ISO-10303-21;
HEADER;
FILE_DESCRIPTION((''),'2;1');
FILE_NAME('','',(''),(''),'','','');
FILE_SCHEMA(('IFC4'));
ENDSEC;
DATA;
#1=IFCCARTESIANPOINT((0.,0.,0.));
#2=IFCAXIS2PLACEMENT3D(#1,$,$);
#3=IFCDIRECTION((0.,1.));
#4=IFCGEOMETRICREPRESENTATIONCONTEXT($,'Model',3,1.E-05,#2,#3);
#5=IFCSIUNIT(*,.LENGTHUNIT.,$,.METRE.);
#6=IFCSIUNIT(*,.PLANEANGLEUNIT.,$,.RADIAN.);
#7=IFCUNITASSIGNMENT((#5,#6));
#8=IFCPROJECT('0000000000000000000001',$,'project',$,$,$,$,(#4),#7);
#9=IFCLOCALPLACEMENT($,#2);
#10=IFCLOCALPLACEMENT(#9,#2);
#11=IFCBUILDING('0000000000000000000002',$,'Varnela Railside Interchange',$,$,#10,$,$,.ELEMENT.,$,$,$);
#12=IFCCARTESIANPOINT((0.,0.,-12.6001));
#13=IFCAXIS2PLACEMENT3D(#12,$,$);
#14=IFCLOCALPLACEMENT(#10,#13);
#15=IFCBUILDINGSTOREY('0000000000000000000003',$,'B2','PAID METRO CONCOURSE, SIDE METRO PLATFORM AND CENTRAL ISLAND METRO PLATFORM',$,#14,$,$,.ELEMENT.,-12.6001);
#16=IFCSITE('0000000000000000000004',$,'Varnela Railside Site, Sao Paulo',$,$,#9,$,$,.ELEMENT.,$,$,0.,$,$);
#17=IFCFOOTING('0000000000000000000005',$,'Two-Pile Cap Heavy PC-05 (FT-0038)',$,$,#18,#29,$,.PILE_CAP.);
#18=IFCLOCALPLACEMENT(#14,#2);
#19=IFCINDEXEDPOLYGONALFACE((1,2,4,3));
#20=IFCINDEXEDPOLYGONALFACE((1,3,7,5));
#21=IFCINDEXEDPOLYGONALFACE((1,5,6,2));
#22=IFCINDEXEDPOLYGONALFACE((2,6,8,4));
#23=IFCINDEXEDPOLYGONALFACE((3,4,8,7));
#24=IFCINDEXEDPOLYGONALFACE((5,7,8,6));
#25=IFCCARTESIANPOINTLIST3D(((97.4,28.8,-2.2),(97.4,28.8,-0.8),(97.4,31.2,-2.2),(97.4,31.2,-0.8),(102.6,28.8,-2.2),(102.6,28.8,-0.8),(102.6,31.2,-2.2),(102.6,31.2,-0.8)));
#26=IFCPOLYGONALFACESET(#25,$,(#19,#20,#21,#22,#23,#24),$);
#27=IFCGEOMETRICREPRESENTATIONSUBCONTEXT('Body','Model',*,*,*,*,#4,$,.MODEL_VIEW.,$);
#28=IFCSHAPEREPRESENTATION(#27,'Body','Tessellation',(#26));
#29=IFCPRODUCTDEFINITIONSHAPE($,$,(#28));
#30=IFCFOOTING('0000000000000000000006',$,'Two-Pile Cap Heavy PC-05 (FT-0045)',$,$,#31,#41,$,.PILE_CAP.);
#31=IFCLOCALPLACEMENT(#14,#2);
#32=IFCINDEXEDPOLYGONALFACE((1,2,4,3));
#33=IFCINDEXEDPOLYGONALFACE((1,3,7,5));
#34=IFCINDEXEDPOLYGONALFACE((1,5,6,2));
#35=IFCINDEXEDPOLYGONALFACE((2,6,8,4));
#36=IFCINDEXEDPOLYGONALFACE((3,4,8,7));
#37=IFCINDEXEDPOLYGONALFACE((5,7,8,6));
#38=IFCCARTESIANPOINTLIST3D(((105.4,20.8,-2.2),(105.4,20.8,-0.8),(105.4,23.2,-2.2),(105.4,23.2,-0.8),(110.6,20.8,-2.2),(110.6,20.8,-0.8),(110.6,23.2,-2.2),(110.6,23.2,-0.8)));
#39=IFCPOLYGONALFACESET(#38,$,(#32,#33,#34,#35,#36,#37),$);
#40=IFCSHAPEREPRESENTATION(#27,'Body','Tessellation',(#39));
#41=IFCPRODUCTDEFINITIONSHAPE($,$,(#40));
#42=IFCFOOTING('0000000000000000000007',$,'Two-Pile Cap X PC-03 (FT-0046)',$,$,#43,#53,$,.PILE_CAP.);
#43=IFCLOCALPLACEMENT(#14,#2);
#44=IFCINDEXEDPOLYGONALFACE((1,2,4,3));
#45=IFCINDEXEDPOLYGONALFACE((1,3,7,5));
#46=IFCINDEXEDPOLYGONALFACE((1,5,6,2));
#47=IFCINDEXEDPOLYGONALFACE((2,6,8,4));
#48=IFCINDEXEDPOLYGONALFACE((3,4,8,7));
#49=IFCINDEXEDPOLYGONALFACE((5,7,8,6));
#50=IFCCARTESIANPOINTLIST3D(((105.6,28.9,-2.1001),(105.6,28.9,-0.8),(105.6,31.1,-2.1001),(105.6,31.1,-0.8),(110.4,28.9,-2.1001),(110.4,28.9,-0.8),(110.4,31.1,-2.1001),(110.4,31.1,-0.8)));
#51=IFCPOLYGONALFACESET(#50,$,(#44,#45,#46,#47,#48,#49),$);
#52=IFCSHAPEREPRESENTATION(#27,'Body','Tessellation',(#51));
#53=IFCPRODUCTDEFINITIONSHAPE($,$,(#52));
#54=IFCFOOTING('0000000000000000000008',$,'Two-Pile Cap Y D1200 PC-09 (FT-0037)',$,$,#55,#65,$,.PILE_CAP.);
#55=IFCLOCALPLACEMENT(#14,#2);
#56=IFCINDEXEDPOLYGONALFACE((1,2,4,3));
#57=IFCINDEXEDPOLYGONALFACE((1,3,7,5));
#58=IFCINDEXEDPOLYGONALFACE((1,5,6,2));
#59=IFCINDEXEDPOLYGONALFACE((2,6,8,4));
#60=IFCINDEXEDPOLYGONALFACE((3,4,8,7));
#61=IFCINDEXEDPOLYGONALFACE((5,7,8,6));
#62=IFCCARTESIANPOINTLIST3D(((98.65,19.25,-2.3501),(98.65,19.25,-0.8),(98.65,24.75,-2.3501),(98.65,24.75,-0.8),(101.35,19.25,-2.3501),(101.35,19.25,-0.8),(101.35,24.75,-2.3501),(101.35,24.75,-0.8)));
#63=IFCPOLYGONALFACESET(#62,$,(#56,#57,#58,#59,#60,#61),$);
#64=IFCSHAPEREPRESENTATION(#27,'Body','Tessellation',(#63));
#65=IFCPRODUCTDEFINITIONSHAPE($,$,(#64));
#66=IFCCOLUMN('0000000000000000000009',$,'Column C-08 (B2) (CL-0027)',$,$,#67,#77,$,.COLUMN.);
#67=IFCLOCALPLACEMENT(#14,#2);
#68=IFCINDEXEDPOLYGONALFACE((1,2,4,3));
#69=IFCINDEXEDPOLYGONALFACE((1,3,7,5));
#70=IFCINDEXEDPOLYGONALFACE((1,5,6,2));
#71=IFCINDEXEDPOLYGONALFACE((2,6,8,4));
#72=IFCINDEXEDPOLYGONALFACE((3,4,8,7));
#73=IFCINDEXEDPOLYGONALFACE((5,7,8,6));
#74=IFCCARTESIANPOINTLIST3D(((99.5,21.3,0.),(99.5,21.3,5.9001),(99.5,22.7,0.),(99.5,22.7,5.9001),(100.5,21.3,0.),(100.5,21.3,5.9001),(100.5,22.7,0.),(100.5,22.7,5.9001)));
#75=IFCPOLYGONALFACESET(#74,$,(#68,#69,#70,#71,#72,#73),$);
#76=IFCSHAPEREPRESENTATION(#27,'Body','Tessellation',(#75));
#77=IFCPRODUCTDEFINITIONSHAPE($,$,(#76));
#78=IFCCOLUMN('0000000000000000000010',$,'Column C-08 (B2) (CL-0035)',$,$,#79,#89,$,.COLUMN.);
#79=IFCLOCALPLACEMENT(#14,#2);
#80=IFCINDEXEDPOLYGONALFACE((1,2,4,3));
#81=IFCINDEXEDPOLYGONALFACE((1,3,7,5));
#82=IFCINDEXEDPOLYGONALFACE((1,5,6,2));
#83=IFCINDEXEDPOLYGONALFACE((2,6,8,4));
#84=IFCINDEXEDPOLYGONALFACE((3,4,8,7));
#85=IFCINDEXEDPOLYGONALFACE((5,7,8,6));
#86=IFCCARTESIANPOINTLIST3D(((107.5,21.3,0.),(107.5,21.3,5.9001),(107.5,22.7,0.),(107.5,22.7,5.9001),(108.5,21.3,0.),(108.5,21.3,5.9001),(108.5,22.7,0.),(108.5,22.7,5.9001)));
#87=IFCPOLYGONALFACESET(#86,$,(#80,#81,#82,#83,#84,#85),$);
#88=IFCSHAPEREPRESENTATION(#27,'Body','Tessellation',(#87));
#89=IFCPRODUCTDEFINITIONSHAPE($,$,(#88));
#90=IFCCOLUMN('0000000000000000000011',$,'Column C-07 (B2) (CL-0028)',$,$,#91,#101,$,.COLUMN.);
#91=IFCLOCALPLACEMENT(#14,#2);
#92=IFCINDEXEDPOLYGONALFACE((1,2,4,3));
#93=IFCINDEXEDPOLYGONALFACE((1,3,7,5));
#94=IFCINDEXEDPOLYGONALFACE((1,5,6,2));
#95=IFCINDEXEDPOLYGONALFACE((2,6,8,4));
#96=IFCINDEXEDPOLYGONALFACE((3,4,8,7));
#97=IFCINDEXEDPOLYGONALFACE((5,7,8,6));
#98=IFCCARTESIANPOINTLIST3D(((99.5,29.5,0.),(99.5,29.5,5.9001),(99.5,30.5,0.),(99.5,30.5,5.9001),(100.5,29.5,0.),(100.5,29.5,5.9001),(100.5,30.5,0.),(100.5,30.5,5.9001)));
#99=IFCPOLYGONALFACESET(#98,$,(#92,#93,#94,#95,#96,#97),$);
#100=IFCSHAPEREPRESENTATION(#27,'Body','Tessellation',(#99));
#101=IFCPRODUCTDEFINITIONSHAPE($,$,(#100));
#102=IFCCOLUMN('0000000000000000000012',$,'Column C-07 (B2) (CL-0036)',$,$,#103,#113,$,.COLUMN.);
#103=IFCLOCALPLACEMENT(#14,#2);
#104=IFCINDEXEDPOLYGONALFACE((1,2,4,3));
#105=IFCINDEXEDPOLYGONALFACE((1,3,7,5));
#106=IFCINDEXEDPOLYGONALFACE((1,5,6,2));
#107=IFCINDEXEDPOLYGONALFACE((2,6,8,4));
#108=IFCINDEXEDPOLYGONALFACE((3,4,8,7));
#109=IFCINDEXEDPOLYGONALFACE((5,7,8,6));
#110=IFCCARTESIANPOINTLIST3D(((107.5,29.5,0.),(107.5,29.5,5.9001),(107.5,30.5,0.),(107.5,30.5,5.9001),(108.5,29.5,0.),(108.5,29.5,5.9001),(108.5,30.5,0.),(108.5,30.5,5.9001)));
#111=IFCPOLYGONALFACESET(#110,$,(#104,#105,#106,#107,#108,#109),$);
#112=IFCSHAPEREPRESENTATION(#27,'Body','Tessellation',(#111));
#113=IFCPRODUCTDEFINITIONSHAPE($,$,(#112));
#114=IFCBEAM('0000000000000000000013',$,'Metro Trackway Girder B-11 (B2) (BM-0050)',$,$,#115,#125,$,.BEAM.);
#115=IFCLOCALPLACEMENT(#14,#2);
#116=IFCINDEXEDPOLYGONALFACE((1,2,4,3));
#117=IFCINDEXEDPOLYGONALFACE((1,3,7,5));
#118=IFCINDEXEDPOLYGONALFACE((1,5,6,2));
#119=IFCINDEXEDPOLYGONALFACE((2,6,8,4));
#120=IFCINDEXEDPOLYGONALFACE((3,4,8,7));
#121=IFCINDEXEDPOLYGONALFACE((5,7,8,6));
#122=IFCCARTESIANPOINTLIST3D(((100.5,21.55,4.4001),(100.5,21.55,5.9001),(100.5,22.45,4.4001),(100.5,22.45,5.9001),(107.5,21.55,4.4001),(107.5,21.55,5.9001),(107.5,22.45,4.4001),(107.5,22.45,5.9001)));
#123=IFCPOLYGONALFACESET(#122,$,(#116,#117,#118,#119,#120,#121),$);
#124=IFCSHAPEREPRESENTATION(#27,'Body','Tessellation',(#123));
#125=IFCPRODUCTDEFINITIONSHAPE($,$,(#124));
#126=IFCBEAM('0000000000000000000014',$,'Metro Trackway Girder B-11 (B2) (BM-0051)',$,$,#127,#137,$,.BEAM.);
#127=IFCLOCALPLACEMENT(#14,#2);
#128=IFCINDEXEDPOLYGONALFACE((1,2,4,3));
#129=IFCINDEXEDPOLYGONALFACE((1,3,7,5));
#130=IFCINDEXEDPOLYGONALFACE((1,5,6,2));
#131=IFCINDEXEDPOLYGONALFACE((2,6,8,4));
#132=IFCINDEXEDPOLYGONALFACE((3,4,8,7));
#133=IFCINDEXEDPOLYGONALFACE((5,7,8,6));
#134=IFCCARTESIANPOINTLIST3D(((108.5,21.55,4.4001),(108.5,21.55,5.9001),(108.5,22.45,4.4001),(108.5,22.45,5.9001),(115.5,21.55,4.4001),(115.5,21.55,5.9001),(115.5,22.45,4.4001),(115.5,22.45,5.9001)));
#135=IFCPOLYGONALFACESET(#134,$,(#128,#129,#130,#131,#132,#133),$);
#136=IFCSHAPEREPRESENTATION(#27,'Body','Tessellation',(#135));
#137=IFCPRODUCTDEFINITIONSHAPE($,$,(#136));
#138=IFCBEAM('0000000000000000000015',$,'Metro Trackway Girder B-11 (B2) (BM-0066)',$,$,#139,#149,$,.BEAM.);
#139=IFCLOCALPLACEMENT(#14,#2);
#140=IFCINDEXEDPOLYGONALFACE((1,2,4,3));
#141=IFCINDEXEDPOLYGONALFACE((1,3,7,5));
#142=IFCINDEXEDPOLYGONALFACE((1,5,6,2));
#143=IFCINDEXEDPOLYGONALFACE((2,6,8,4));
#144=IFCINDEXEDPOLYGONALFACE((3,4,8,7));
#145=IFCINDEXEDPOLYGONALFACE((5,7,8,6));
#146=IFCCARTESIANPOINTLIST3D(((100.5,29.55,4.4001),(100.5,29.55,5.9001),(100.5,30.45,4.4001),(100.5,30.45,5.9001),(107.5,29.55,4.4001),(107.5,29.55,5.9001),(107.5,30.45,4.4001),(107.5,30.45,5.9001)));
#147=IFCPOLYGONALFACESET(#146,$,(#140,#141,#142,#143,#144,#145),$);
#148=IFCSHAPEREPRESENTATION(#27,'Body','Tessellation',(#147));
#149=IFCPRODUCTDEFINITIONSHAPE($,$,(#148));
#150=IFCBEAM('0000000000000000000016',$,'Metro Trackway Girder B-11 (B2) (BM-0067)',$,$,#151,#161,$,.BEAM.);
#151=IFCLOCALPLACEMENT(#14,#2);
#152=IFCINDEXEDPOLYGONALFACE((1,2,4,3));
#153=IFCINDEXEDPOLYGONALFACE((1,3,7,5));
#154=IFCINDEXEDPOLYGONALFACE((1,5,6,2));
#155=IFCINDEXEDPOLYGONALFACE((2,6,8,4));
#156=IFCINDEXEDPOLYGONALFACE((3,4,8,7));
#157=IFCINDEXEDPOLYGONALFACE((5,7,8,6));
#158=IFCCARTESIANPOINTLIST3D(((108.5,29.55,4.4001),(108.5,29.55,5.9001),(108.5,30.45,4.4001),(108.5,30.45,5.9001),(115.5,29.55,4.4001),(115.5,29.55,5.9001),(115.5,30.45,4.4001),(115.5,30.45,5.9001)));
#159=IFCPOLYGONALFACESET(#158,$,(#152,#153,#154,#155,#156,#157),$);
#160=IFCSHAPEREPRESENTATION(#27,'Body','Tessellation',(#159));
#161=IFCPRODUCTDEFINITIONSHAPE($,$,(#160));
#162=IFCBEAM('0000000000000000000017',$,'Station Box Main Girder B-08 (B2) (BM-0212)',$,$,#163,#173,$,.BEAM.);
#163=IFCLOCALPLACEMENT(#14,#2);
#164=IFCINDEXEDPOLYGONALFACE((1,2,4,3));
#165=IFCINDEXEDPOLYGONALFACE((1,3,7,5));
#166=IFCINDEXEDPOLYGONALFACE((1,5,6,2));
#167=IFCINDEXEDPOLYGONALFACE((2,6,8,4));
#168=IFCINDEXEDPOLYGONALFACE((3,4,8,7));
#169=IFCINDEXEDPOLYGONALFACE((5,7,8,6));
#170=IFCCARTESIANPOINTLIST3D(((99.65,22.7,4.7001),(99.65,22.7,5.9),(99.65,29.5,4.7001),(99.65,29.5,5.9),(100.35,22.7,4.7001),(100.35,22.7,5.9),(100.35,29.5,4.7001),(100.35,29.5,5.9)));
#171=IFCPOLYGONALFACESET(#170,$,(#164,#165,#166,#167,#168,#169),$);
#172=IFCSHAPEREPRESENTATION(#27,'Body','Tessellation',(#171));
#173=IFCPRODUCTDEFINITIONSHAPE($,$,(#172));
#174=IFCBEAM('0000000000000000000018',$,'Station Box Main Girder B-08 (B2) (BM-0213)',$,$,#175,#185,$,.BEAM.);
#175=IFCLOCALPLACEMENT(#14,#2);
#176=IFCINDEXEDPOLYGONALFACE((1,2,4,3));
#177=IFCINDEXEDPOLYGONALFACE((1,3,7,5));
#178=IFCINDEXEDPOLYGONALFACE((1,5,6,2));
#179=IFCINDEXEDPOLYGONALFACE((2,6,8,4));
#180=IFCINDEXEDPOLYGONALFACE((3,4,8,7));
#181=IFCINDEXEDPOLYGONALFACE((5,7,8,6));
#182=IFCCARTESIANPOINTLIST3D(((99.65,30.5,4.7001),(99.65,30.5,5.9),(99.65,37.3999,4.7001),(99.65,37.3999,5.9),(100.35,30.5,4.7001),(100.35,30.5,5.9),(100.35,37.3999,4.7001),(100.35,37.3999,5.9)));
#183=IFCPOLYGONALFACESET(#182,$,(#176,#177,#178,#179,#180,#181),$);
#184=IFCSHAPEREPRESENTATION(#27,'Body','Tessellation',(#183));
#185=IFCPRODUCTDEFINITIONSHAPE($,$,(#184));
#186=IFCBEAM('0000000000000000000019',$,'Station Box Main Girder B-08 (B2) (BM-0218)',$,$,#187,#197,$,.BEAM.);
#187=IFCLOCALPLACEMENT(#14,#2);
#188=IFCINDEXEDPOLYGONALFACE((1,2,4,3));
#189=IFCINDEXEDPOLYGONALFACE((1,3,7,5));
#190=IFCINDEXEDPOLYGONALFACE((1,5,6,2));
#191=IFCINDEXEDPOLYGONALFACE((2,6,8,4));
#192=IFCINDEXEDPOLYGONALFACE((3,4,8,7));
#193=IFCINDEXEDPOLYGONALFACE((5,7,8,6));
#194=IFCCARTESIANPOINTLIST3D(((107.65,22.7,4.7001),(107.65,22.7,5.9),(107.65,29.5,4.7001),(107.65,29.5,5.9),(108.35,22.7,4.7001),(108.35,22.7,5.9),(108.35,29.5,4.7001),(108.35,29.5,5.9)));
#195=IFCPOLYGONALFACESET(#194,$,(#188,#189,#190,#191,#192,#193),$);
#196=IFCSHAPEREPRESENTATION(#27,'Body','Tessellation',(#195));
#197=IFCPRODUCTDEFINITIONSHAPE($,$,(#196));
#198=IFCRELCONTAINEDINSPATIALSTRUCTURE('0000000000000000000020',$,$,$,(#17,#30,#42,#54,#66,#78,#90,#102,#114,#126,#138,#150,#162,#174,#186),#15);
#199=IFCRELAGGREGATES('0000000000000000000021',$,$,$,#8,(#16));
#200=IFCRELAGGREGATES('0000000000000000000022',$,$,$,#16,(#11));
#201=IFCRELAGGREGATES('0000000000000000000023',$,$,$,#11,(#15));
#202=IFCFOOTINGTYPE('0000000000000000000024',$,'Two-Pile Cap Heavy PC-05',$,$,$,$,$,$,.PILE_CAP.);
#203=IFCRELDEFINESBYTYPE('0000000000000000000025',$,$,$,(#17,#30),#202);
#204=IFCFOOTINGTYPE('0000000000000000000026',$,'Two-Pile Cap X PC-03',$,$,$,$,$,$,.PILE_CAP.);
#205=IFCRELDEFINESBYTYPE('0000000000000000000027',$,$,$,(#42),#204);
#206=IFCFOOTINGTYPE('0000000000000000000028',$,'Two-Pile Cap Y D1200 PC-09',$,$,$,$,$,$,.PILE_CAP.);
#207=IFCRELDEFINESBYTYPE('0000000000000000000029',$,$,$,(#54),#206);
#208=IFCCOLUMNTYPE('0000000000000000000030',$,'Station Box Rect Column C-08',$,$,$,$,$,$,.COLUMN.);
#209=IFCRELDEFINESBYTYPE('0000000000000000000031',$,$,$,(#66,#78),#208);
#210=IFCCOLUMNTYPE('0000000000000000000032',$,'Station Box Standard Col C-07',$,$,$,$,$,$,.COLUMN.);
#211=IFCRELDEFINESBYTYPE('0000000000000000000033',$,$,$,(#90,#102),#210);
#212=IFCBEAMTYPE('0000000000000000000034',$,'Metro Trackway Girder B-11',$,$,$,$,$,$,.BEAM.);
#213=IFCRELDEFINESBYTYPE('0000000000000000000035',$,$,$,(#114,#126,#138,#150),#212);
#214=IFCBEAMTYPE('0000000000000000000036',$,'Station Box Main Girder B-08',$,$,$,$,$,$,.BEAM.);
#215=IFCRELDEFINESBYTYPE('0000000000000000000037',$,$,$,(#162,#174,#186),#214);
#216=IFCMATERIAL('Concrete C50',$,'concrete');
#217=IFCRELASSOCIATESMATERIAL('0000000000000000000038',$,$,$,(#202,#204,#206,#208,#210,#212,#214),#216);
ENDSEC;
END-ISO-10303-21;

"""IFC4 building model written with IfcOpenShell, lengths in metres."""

from ifc_helpers import new_model, si_unit, direction, frame, origin, origin_2d, place, context, subcontext, project, spatial, rectangle, extrude, material, material_profile, profile_set, type_object, element, save


model = new_model("IFC4")

# Units and contexts
model_context = context("Model", 3, precision=1e-05, world=origin(), true_north=direction((0.0, 1.0)))
body_context = subcontext(model_context, "Body", "Model", "MODEL_VIEW")
ifc_project = project(units=[si_unit("LENGTHUNIT", "METRE"), si_unit("PLANEANGLEUNIT", "RADIAN")], contexts=[model_context])

# Site, building, storey
site_placement = place(None, origin())
site = spatial("IfcSite", under=ifc_project, at=site_placement, Name="Varnela Railside Site, Sao Paulo", CompositionType="ELEMENT", RefElevation=0.0)
building_placement = place(site_placement, origin())
building = spatial("IfcBuilding", under=site, at=building_placement, Name="Varnela Railside Interchange", CompositionType="ELEMENT")
storey_placement = place(building_placement, frame((0.0, 0.0, -12.6001)))
storey = spatial("IfcBuildingStorey", under=building, at=storey_placement, Name="B2", Description="PAID METRO CONCOURSE, SIDE METRO PLATFORM AND CENTRAL ISLAND METRO PLATFORM", CompositionType="ELEMENT", Elevation=-12.6001)

# Footings
ifc_material_1 = material(Name="Concrete C50", Category="concrete")
footing_type_1 = type_object("IfcFootingType", Name="Two-Pile Cap Heavy PC-05", PredefinedType="PILE_CAP", material=ifc_material_1)
for number, where, z_axis, x_axis, name in (
    (1, (100.0, 30.0, -2.2), (0.0, 0.0, 1.0), (1.0, 0.0, 0.0), "Two-Pile Cap Heavy PC-05 (FT-0038)"),
    (2, (108.0, 22.0, -2.2), (0.0, 0.0, 1.0), (1.0, 0.0, 0.0), "Two-Pile Cap Heavy PC-05 (FT-0045)"),
):
    element("IfcFooting", number, at=place(storey_placement, frame(where, z_axis=z_axis, x_axis=x_axis)), inside=storey, type_object=footing_type_1, Name=name, PredefinedType="PILE_CAP", context=body_context, shape_type="SweptSolid", body=[
        extrude(rectangle(XDim=5.2, YDim=2.3999, at=origin_2d()), origin(), (0.0, 0.0, 1.0), 1.3999),
    ])
footing_type_2 = type_object("IfcFootingType", Name="Two-Pile Cap X PC-03", PredefinedType="PILE_CAP", material=ifc_material_1)
footing_1_placement = place(storey_placement, frame((108.0, 30.0, -2.1001), z_axis=(0.0, 0.0, 1.0), x_axis=(1.0, 0.0, 0.0)))
element("IfcFooting", 3, at=footing_1_placement, inside=storey, type_object=footing_type_2, Name="Two-Pile Cap X PC-03 (FT-0046)", PredefinedType="PILE_CAP", context=body_context, shape_type="SweptSolid", body=[
    extrude(rectangle(XDim=4.8, YDim=2.2, at=origin_2d()), origin(), (0.0, 0.0, 1.0), 1.3),
])
footing_type_3 = type_object("IfcFootingType", Name="Two-Pile Cap Y D1200 PC-09", PredefinedType="PILE_CAP", material=ifc_material_1)
footing_2_placement = place(storey_placement, frame((100.0, 22.0, -2.3501), z_axis=(0.0, 0.0, 1.0), x_axis=(1.0, 0.0, 0.0)))
element("IfcFooting", 4, at=footing_2_placement, inside=storey, type_object=footing_type_3, Name="Two-Pile Cap Y D1200 PC-09 (FT-0037)", PredefinedType="PILE_CAP", context=body_context, shape_type="SweptSolid", body=[
    extrude(rectangle(XDim=2.7, YDim=5.5, at=origin_2d()), origin(), (0.0, 0.0, 1.0), 1.55),
])

# Columns
ifc_material_profile_1 = material_profile(ifc_material_1, rectangle(XDim=1.0, YDim=1.3999, at=origin_2d()), Name="RC 1000x1400")
ifc_profile_set_1 = profile_set([ifc_material_profile_1], Name="Concrete C50")
column_type_1 = type_object("IfcColumnType", Name="Station Box Rect Column C-08", PredefinedType="COLUMN", material=ifc_profile_set_1)
for number, where, z_axis, x_axis, name in (
    (5, (100.0, 22.0, 0.0), (0.0, 0.0, 1.0), (1.0, 0.0, 0.0), "Column C-08 (B2) (CL-0027)"),
    (6, (108.0, 22.0, 0.0), (0.0, 0.0, 1.0), (1.0, 0.0, 0.0), "Column C-08 (B2) (CL-0035)"),
):
    element("IfcColumn", number, at=place(storey_placement, frame(where, z_axis=z_axis, x_axis=x_axis)), inside=storey, type_object=column_type_1, Name=name, PredefinedType="COLUMN", context=body_context, shape_type="SweptSolid", body=[
        extrude(rectangle(XDim=1.0, YDim=1.3999, at=origin_2d()), origin(), (0.0, 0.0, 1.0), 5.9001),
    ])
ifc_material_profile_2 = material_profile(ifc_material_1, rectangle(XDim=1.0, YDim=1.0, at=origin_2d()), Name="RC 1000x1000")
ifc_profile_set_2 = profile_set([ifc_material_profile_2], Name="Concrete C50")
column_type_2 = type_object("IfcColumnType", Name="Station Box Standard Col C-07", PredefinedType="COLUMN", material=ifc_profile_set_2)
for number, where, z_axis, x_axis, name in (
    (7, (100.0, 30.0, 0.0), (0.0, 0.0, 1.0), (1.0, 0.0, 0.0), "Column C-07 (B2) (CL-0028)"),
    (8, (108.0, 30.0, 0.0), (0.0, 0.0, 1.0), (1.0, 0.0, 0.0), "Column C-07 (B2) (CL-0036)"),
):
    element("IfcColumn", number, at=place(storey_placement, frame(where, z_axis=z_axis, x_axis=x_axis)), inside=storey, type_object=column_type_2, Name=name, PredefinedType="COLUMN", context=body_context, shape_type="SweptSolid", body=[
        extrude(rectangle(XDim=1.0, YDim=1.0, at=origin_2d()), origin(), (0.0, 0.0, 1.0), 5.9001),
    ])

# Beams
ifc_material_profile_3 = material_profile(ifc_material_1, rectangle(XDim=0.8999, YDim=1.5, at=origin_2d()), Name="RC 900x1500")
ifc_profile_set_3 = profile_set([ifc_material_profile_3], Name="Concrete C50")
beam_type_1 = type_object("IfcBeamType", Name="Metro Trackway Girder B-11", PredefinedType="BEAM", material=ifc_profile_set_3)
for number, where, z_axis, x_axis, name in (
    (9, (100.5, 22.0, 5.1501), (1.0, 0.0, 0.0), (0.0, 1.0, 0.0), "Metro Trackway Girder B-11 (B2) (BM-0050)"),
    (10, (108.5, 22.0, 5.1501), (1.0, 0.0, 0.0), (0.0, 1.0, 0.0), "Metro Trackway Girder B-11 (B2) (BM-0051)"),
    (11, (100.5, 30.0, 5.1501), (1.0, 0.0, 0.0), (0.0, 1.0, 0.0), "Metro Trackway Girder B-11 (B2) (BM-0066)"),
    (12, (108.5, 30.0, 5.1501), (1.0, 0.0, 0.0), (0.0, 1.0, 0.0), "Metro Trackway Girder B-11 (B2) (BM-0067)"),
):
    element("IfcBeam", number, at=place(storey_placement, frame(where, z_axis=z_axis, x_axis=x_axis)), inside=storey, type_object=beam_type_1, Name=name, PredefinedType="BEAM", context=body_context, shape_type="SweptSolid", body=[
        extrude(rectangle(XDim=0.8999, YDim=1.5, at=origin_2d()), origin(), (0.0, 0.0, 1.0), 7.0),
    ])
ifc_material_profile_4 = material_profile(ifc_material_1, rectangle(XDim=0.7, YDim=1.2, at=origin_2d()), Name="RC 700x1200")
ifc_profile_set_4 = profile_set([ifc_material_profile_4], Name="Concrete C50")
beam_type_2 = type_object("IfcBeamType", Name="Station Box Main Girder B-08", PredefinedType="BEAM", material=ifc_profile_set_4)
beam_1_placement = place(storey_placement, frame((100.0, 22.7, 5.3), z_axis=(0.0, 1.0, 0.0), x_axis=(-1.0, 0.0, 0.0)))
element("IfcBeam", 13, at=beam_1_placement, inside=storey, type_object=beam_type_2, Name="Station Box Main Girder B-08 (B2) (BM-0212)", PredefinedType="BEAM", context=body_context, shape_type="SweptSolid", body=[
    extrude(rectangle(XDim=0.7, YDim=1.2, at=origin_2d()), origin(), (0.0, 0.0, 1.0), 6.8),
])
beam_2_placement = place(storey_placement, frame((100.0, 30.5, 5.3), z_axis=(0.0, 1.0, 0.0), x_axis=(-1.0, 0.0, 0.0)))
element("IfcBeam", 14, at=beam_2_placement, inside=storey, type_object=beam_type_2, Name="Station Box Main Girder B-08 (B2) (BM-0213)", PredefinedType="BEAM", context=body_context, shape_type="SweptSolid", body=[
    extrude(rectangle(XDim=0.7, YDim=1.2, at=origin_2d()), origin(), (0.0, 0.0, 1.0), 6.8999),
])
beam_3_placement = place(storey_placement, frame((108.0, 22.7, 5.3), z_axis=(0.0, 1.0, 0.0), x_axis=(-1.0, 0.0, 0.0)))
element("IfcBeam", 15, at=beam_3_placement, inside=storey, type_object=beam_type_2, Name="Station Box Main Girder B-08 (B2) (BM-0218)", PredefinedType="BEAM", context=body_context, shape_type="SweptSolid", body=[
    extrude(rectangle(XDim=0.7, YDim=1.2, at=origin_2d()), origin(), (0.0, 0.0, 1.0), 6.8),
])

save(model, "model.ifc")
